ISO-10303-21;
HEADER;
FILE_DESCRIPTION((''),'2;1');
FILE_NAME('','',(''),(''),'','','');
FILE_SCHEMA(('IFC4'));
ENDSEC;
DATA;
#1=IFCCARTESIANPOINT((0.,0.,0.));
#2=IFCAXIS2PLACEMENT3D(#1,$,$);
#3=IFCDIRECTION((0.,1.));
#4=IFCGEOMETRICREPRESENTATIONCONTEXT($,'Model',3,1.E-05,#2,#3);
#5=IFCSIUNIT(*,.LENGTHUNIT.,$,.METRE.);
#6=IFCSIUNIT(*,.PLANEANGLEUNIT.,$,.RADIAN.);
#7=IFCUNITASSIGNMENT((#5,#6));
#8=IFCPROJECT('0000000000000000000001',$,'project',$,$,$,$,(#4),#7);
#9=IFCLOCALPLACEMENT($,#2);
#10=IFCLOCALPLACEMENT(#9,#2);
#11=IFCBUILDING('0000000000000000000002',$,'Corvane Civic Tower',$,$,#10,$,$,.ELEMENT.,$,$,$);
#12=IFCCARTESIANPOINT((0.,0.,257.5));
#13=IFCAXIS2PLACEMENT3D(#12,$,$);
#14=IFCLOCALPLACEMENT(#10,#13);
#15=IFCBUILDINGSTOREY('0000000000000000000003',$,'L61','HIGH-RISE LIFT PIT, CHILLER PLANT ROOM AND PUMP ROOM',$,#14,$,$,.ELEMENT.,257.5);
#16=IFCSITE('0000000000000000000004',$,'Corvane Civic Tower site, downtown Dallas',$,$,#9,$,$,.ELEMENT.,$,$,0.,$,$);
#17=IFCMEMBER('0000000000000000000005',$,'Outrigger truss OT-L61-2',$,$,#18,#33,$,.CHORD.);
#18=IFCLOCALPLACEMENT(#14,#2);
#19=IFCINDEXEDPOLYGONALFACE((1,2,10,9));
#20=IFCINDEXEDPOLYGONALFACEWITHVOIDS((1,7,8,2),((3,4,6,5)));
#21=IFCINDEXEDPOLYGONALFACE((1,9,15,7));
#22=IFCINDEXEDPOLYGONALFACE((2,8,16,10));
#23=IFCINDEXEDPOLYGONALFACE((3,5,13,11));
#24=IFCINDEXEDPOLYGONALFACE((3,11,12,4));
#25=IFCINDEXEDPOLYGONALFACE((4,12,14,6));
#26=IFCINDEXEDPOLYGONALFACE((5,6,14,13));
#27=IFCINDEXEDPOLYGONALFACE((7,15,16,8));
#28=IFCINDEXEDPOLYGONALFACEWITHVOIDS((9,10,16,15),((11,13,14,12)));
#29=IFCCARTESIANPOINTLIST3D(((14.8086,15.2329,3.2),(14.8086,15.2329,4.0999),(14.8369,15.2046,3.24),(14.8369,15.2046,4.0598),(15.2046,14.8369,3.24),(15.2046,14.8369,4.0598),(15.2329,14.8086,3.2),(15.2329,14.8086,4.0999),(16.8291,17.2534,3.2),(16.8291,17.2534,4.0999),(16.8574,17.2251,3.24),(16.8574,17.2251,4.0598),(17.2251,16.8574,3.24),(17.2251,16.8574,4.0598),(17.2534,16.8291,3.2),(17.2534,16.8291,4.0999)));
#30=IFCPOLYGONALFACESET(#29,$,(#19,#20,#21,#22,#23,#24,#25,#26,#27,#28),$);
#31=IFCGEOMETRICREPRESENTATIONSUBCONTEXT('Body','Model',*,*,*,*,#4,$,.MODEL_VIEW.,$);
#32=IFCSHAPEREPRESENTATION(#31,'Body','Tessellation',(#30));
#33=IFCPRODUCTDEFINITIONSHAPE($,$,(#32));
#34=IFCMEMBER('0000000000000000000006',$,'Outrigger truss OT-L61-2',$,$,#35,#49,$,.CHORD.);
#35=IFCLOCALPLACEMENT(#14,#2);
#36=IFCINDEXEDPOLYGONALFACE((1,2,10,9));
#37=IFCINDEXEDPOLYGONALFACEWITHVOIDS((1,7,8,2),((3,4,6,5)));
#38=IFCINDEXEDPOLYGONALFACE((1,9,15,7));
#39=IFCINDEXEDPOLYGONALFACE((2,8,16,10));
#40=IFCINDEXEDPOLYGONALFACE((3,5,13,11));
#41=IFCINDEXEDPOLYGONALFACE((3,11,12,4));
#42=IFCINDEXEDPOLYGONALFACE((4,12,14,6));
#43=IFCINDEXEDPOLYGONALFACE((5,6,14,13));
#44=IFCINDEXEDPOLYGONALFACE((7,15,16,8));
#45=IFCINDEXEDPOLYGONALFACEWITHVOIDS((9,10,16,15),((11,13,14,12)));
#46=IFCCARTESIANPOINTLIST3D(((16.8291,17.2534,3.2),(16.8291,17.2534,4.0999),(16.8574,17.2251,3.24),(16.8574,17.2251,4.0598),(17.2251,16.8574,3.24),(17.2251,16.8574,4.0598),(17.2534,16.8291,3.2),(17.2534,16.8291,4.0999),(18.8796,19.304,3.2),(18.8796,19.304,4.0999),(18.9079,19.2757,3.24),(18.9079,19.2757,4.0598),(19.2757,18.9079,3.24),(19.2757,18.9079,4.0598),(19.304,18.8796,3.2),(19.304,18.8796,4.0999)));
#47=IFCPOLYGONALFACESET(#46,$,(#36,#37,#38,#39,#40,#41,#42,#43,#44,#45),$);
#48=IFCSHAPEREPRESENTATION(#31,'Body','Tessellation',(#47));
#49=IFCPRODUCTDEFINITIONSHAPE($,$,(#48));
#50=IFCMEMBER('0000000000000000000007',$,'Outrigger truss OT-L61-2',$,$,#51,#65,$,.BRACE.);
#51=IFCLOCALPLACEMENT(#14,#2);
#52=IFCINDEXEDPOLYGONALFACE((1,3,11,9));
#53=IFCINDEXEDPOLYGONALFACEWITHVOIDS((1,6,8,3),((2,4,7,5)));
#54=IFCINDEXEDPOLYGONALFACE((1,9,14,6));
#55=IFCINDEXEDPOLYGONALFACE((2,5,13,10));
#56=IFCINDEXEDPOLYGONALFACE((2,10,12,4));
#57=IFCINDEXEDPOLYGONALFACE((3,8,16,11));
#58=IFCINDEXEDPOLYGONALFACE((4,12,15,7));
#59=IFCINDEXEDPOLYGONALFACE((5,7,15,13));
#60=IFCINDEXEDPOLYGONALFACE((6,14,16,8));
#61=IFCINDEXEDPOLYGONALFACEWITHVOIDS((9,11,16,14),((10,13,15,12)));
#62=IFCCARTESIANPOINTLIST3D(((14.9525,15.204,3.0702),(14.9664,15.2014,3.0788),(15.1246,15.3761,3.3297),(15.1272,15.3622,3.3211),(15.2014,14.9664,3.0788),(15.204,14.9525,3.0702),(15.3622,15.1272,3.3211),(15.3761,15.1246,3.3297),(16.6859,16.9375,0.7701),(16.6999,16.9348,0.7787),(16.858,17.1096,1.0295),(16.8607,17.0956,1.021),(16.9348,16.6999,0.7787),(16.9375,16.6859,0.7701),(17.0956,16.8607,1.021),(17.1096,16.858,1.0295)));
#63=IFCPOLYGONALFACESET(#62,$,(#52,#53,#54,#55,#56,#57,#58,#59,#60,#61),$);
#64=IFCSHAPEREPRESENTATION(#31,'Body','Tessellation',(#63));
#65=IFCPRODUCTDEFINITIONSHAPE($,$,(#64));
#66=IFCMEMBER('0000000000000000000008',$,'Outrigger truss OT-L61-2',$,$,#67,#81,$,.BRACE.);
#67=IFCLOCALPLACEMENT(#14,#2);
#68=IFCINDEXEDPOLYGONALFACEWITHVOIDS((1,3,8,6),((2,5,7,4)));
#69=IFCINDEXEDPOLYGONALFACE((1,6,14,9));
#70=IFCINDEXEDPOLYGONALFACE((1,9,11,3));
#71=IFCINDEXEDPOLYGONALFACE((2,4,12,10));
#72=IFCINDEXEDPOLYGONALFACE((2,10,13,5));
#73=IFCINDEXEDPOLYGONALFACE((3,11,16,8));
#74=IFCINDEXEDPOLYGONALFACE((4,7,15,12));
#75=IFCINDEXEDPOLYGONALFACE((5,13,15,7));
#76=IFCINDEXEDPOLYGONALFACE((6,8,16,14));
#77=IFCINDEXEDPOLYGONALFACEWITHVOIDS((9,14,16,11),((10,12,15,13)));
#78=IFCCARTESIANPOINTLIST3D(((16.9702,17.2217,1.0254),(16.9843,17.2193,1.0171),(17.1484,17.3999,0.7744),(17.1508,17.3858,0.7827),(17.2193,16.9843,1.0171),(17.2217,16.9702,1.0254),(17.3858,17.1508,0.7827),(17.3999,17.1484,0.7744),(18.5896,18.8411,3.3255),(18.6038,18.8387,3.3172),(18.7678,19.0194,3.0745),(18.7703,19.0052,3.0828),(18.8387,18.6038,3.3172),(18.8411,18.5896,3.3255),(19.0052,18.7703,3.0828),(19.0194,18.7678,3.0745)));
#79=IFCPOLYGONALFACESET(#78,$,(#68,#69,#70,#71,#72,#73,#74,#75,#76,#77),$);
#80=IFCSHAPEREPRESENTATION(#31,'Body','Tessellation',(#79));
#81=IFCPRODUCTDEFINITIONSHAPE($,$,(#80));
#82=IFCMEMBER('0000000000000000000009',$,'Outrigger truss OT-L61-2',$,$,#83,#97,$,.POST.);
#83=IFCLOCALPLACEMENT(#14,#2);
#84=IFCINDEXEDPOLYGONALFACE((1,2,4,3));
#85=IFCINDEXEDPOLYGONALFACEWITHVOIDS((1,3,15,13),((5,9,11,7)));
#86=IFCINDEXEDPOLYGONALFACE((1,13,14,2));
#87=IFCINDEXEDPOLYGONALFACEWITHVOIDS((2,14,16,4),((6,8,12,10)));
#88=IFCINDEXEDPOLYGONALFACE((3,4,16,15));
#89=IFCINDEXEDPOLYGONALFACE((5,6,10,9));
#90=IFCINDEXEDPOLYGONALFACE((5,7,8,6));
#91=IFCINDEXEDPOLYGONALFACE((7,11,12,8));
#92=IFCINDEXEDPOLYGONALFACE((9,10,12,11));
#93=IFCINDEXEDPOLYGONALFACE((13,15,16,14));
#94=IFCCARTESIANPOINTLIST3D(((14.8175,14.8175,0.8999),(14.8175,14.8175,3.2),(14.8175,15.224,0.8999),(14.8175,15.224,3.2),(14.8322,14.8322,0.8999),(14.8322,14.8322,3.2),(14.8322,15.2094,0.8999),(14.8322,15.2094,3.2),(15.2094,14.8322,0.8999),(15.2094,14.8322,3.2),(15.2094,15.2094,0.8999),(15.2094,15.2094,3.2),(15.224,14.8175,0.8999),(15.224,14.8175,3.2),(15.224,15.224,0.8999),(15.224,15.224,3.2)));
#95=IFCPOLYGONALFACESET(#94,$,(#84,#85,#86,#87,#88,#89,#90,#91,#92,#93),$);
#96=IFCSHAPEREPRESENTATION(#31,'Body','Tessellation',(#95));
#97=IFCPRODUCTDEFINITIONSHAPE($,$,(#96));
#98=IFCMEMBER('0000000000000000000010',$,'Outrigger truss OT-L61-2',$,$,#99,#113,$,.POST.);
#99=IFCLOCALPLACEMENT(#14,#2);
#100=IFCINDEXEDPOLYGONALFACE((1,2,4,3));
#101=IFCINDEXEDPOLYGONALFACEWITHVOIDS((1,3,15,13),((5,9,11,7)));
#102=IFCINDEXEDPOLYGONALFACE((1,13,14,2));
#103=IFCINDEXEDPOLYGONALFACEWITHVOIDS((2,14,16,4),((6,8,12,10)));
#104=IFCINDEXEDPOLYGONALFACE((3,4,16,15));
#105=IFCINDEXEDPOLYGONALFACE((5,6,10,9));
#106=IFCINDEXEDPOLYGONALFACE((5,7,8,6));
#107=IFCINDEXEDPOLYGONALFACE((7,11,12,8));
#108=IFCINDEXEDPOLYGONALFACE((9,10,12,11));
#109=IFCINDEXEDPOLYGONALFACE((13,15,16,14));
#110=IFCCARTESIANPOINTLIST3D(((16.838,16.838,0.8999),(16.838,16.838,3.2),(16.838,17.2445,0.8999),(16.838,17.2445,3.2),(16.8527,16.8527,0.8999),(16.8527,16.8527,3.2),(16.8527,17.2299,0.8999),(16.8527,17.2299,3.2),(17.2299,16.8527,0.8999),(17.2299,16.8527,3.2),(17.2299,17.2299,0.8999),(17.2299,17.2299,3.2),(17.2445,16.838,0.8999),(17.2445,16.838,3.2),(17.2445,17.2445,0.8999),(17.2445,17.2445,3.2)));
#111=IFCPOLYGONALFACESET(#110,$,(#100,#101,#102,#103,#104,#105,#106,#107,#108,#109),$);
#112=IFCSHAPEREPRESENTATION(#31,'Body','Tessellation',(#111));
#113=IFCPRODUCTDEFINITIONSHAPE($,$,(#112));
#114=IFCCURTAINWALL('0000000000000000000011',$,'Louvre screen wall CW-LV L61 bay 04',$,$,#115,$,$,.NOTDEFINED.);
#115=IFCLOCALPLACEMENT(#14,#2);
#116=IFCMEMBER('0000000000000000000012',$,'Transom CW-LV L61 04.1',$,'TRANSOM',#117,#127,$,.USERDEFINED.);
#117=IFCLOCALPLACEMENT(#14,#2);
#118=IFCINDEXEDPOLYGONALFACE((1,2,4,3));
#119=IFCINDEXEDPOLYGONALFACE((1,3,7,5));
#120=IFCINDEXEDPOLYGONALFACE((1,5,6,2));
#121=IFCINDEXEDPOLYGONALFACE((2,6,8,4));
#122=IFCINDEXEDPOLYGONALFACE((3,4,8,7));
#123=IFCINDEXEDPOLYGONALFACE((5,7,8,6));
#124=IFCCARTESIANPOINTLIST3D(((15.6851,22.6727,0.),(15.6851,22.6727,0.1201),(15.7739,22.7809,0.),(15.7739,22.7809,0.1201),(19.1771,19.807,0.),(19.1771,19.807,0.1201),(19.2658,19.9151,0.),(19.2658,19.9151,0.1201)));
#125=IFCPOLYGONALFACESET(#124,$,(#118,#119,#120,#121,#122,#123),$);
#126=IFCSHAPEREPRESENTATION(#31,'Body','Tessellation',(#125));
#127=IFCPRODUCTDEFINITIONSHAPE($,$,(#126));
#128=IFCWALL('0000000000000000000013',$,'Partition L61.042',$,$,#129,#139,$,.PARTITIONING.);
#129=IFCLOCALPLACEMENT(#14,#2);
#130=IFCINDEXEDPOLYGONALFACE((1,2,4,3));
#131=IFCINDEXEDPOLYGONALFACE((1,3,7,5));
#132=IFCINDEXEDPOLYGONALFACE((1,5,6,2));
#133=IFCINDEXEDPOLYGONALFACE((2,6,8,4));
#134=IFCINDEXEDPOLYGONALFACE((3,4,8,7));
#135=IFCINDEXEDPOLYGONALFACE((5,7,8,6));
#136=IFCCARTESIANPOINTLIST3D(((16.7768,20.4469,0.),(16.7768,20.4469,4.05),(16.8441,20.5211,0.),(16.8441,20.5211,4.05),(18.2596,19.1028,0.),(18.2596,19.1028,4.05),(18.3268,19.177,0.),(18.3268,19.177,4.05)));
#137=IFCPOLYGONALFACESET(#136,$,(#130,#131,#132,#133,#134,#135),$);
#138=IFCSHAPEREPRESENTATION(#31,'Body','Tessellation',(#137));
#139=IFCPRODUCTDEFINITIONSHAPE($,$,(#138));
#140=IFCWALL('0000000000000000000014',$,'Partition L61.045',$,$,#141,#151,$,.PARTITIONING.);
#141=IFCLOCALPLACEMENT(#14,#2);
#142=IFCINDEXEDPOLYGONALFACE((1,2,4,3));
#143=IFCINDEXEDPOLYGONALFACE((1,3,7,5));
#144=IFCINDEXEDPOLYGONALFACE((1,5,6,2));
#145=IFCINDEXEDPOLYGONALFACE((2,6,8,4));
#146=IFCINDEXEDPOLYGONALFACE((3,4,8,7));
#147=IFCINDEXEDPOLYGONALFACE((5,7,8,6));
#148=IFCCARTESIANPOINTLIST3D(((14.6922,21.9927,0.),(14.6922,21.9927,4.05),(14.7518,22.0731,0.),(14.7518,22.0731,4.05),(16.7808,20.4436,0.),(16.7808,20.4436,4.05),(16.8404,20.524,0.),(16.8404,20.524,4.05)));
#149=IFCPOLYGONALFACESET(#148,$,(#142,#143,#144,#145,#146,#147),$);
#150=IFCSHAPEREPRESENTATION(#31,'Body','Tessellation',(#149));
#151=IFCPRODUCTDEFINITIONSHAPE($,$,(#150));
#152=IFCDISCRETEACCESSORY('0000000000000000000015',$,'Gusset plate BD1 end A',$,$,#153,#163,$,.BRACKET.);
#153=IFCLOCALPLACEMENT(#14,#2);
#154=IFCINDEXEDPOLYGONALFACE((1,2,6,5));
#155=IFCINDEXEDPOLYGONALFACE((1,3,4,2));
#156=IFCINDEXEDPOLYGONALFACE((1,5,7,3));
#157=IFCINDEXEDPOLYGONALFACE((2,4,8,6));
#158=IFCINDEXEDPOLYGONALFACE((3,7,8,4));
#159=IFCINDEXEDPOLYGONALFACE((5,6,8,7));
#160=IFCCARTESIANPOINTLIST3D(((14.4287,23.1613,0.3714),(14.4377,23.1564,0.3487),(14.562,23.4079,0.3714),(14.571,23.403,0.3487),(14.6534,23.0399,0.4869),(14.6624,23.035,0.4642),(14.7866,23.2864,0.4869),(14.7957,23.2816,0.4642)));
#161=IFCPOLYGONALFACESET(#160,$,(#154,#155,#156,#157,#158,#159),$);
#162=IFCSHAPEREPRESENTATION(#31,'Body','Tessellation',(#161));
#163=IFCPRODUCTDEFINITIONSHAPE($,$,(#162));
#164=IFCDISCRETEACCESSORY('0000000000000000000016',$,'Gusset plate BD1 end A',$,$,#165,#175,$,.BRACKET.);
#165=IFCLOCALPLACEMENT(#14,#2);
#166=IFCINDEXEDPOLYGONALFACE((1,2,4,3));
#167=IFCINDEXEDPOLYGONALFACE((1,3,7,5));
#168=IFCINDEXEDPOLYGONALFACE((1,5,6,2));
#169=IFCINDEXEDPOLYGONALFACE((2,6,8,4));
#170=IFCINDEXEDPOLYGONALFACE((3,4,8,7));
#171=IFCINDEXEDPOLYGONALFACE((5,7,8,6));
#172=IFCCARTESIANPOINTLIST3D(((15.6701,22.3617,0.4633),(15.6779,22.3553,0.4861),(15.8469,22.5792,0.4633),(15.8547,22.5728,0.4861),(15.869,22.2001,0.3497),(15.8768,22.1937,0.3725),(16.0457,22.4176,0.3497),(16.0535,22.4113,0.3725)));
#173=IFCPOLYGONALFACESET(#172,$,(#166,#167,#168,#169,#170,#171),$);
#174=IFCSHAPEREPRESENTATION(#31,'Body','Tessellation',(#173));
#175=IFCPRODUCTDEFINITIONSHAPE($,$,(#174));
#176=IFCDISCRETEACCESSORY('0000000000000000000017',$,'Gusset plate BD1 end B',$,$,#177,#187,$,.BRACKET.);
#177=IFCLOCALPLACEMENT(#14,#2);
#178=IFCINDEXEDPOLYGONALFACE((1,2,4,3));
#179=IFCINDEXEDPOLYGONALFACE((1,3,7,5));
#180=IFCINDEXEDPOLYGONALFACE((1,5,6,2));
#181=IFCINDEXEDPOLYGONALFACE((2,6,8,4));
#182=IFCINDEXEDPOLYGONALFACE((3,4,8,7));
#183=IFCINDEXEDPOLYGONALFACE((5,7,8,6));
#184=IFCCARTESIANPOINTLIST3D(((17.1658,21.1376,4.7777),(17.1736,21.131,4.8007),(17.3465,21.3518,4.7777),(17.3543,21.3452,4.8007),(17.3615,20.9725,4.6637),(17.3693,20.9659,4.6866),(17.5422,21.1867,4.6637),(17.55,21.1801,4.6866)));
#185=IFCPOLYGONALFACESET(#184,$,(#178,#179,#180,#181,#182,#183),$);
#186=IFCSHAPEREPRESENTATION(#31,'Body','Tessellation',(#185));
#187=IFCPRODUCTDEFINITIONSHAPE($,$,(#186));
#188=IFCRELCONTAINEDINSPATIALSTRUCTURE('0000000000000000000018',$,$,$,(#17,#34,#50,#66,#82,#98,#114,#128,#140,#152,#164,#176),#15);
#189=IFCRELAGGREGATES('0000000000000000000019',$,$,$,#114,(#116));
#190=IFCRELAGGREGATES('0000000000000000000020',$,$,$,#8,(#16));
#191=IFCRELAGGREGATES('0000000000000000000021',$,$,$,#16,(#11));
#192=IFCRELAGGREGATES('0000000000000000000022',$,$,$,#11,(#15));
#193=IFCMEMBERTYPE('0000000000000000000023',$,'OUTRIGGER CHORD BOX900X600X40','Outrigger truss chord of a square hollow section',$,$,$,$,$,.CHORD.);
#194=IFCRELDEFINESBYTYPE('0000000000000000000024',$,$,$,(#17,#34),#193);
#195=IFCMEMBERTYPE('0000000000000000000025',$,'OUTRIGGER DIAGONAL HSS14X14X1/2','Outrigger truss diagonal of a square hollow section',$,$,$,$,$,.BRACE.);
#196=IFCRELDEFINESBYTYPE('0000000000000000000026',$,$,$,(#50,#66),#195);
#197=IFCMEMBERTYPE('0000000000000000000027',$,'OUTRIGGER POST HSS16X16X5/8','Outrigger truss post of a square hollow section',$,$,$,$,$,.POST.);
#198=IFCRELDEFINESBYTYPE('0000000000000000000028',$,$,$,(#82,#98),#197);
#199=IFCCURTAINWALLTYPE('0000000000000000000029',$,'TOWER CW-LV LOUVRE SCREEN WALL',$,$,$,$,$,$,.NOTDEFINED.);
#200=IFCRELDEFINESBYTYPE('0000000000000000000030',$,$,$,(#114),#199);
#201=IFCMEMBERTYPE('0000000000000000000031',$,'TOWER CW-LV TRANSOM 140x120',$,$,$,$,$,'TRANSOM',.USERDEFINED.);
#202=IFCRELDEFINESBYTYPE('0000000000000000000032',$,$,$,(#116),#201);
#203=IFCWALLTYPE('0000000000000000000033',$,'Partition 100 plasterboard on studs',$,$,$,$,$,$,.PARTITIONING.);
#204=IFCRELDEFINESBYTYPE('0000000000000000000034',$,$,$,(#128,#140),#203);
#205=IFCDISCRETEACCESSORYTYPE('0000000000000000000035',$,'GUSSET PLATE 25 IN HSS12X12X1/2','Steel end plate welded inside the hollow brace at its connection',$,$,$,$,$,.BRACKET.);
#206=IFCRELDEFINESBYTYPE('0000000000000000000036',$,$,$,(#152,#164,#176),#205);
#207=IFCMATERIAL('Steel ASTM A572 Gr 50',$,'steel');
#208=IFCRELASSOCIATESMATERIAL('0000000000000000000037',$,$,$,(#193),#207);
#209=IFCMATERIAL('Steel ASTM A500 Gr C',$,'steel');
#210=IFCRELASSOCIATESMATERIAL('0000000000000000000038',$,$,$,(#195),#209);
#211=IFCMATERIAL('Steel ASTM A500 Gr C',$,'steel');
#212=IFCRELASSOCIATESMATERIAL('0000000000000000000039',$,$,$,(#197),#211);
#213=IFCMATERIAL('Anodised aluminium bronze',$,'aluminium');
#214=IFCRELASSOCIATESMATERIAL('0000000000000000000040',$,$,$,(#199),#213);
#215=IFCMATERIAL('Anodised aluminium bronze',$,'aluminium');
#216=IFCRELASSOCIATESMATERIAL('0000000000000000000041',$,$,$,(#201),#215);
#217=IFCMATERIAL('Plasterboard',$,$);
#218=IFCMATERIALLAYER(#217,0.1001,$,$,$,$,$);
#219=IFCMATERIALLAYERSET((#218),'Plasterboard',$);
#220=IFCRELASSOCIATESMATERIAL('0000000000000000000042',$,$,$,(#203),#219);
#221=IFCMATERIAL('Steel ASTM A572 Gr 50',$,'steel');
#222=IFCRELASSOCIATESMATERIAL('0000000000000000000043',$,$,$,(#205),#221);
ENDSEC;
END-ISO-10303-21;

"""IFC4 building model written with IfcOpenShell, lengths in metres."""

from ifc_helpers import new_model, si_unit, direction, frame, frame_2d, origin, origin_2d, place, context, subcontext, project, spatial, rectangle, hollow_rectangle, extrude, material, layer, layer_set, material_profile, profile_set, type_object, element, aggregate, save


model = new_model("IFC4")

# Units and contexts
model_context = context("Model", 3, precision=1e-05, world=origin(), true_north=direction((0.0, 1.0)))
body_context = subcontext(model_context, "Body", "Model", "MODEL_VIEW")
ifc_project = project(units=[si_unit("LENGTHUNIT", "METRE"), si_unit("PLANEANGLEUNIT", "RADIAN")], contexts=[model_context])

# Site, building, storey
site_placement = place(None, origin())
site = spatial("IfcSite", under=ifc_project, at=site_placement, Name="Corvane Civic Tower site, downtown Dallas", CompositionType="ELEMENT", RefElevation=0.0)
building_placement = place(site_placement, origin())
building = spatial("IfcBuilding", under=site, at=building_placement, Name="Corvane Civic Tower", CompositionType="ELEMENT")
storey_placement = place(building_placement, frame((0.0, 0.0, 257.5)))
storey = spatial("IfcBuildingStorey", under=building, at=storey_placement, Name="L61", Description="HIGH-RISE LIFT PIT, CHILLER PLANT ROOM AND PUMP ROOM", CompositionType="ELEMENT", Elevation=257.5)

# Members
ifc_material_1 = material(Name="Steel ASTM A572 Gr 50", Category="steel")
ifc_material_profile_1 = material_profile(ifc_material_1, hollow_rectangle(XDim=0.6001, YDim=0.8999, WallThickness=0.04, at=origin_2d()), Name="BOX900X600X40")
ifc_profile_set_1 = profile_set([ifc_material_profile_1], Name="Steel ASTM A572 Gr 50")
member_type_1 = type_object("IfcMemberType", Name="OUTRIGGER CHORD BOX900X600X40", Description="Outrigger truss chord of a square hollow section", PredefinedType="CHORD", material=ifc_profile_set_1)
member_1_placement = place(storey_placement, frame((15.0208, 15.0208, 3.6499), z_axis=(0.707107, 0.707107, 0.0), x_axis=(-0.707107, 0.707107, 0.0)))
element("IfcMember", 1, at=member_1_placement, inside=storey, type_object=member_type_1, Name="Outrigger truss OT-L61-2", PredefinedType="CHORD", context=body_context, shape_type="SweptSolid", body=[
    extrude(hollow_rectangle(XDim=0.6001, YDim=0.8999, WallThickness=0.04, at=origin_2d()), origin(), (0.0, 0.0, 1.0), 2.8574),
])
member_2_placement = place(storey_placement, frame((17.0413, 17.0413, 3.6499), z_axis=(0.707107, 0.707107, 0.0), x_axis=(-0.707107, 0.707107, 0.0)))
element("IfcMember", 2, at=member_2_placement, inside=storey, type_object=member_type_1, Name="Outrigger truss OT-L61-2", PredefinedType="CHORD", context=body_context, shape_type="SweptSolid", body=[
    extrude(hollow_rectangle(XDim=0.6001, YDim=0.8999, WallThickness=0.04, at=origin_2d()), origin(), (0.0, 0.0, 1.0), 2.8999),
])
ifc_material_2 = material(Name="Steel ASTM A500 Gr C", Category="steel")
ifc_material_profile_2 = material_profile(ifc_material_2, hollow_rectangle(XDim=0.3557, YDim=0.3557, WallThickness=0.0117, at=origin_2d()), Name="HSS14X14X1/2")
ifc_profile_set_2 = profile_set([ifc_material_profile_2], Name="Steel ASTM A500 Gr C")
member_type_2 = type_object("IfcMemberType", Name="OUTRIGGER DIAGONAL HSS14X14X1/2", Description="Outrigger truss diagonal of a square hollow section", PredefinedType="BRACE", material=ifc_profile_set_2)
member_3_placement = place(storey_placement, frame((15.1643, 15.1643, 3.2), z_axis=(0.515665, 0.515665, -0.684236), x_axis=(-0.707107, 0.707107, 0.0)))
element("IfcMember", 3, at=member_3_placement, inside=storey, type_object=member_type_2, Name="Outrigger truss OT-L61-2", PredefinedType="BRACE", context=body_context, shape_type="SweptSolid", body=[
    extrude(hollow_rectangle(XDim=0.3557, YDim=0.3557, WallThickness=0.0117, at=origin_2d()), origin(), (0.0, 0.0, 1.0), 3.3616),
])
member_4_placement = place(storey_placement, frame((17.1851, 17.1851, 0.8999), z_axis=(0.498921, 0.498921, 0.708629), x_axis=(-0.707107, 0.707107, 0.0)))
element("IfcMember", 4, at=member_4_placement, inside=storey, type_object=member_type_2, Name="Outrigger truss OT-L61-2", PredefinedType="BRACE", context=body_context, shape_type="SweptSolid", body=[
    extrude(hollow_rectangle(XDim=0.3557, YDim=0.3557, WallThickness=0.0117, at=origin_2d()), origin(), (0.0, 0.0, 1.0), 3.2458),
])
ifc_material_3 = material(Name="Steel ASTM A500 Gr C", Category="steel")
ifc_material_profile_3 = material_profile(ifc_material_3, hollow_rectangle(XDim=0.4065, YDim=0.4065, WallThickness=0.0146, at=origin_2d()), Name="HSS16X16X5/8")
ifc_profile_set_3 = profile_set([ifc_material_profile_3], Name="Steel ASTM A500 Gr C")
member_type_3 = type_object("IfcMemberType", Name="OUTRIGGER POST HSS16X16X5/8", Description="Outrigger truss post of a square hollow section", PredefinedType="POST", material=ifc_profile_set_3)
for number, where, z_axis, x_axis, name in (
    (5, (15.0208, 15.0208, 0.8999), (0.0, 0.0, 1.0), (1.0, 0.0, 0.0), "Outrigger truss OT-L61-2"),
    (6, (17.0413, 17.0413, 0.8999), (0.0, 0.0, 1.0), (1.0, 0.0, 0.0), "Outrigger truss OT-L61-2"),
):
    element("IfcMember", number, at=place(storey_placement, frame(where, z_axis=z_axis, x_axis=x_axis)), inside=storey, type_object=member_type_3, Name=name, PredefinedType="POST", context=body_context, shape_type="SweptSolid", body=[
        extrude(hollow_rectangle(XDim=0.4065, YDim=0.4065, WallThickness=0.0146, at=origin_2d()), origin(), (0.0, 0.0, 1.0), 2.3),
    ])

# Curtain wall, member
ifc_material_4 = material(Name="Anodised aluminium bronze", Category="aluminium")
curtain_wall_type = type_object("IfcCurtainWallType", Name="TOWER CW-LV LOUVRE SCREEN WALL", PredefinedType="NOTDEFINED", material=ifc_material_4)
curtain_wall_placement = place(storey_placement, origin())
curtain_wall = element("IfcCurtainWall", 7, at=curtain_wall_placement, inside=storey, type_object=curtain_wall_type, Name="Louvre screen wall CW-LV L61 bay 04", PredefinedType="NOTDEFINED")
ifc_material_5 = material(Name="Anodised aluminium bronze", Category="aluminium")
ifc_material_profile_4 = material_profile(ifc_material_5, rectangle(XDim=0.1399, YDim=0.1201, at=origin_2d()), Name="TOWER CW-LV TRANSOM 140x120")
ifc_profile_set_4 = profile_set([ifc_material_profile_4], Name="Anodised aluminium bronze")
member_type_4 = type_object("IfcMemberType", Name="TOWER CW-LV TRANSOM 140x120", ElementType="TRANSOM", PredefinedType="USERDEFINED", material=ifc_profile_set_4)
member_5_placement = place(storey_placement, frame((15.7295, 22.7268, 0.0601), z_axis=(0.773015, -0.634388, 0.0), x_axis=(0.634388, 0.773015, 0.0)))
member_5 = element("IfcMember", 8, at=member_5_placement, type_object=member_type_4, Name="Transom CW-LV L61 04.1", ObjectType="TRANSOM", PredefinedType="USERDEFINED", context=body_context, shape_type="SweptSolid", body=[
    extrude(rectangle(XDim=0.1399, YDim=0.1201, at=origin_2d()), origin(), (0.0, 0.0, 1.0), 4.5173),
])

# Walls
ifc_material_6 = material(Name="Plasterboard")
ifc_layer = layer(ifc_material_6, 0.1001)
ifc_layer_set = layer_set([ifc_layer], Name="Plasterboard")
wall_type = type_object("IfcWallType", Name="Partition 100 plasterboard on studs", PredefinedType="PARTITIONING", material=ifc_layer_set)
wall_1_placement = place(storey_placement, frame((16.8105, 20.4839, 0.0), z_axis=(0.0, 0.0, 1.0), x_axis=(0.740905, -0.671609, 0.0)))
element("IfcWall", 9, at=wall_1_placement, inside=storey, type_object=wall_type, Name="Partition L61.042", PredefinedType="PARTITIONING", context=body_context, shape_type="SweptSolid", body=[
    extrude(rectangle(XDim=2.0012, YDim=0.1001, at=frame_2d((1.0005, 0.0))), origin(), (0.0, 0.0, 1.0), 4.05),
])
wall_2_placement = place(storey_placement, frame((14.7219, 22.033, 0.0), z_axis=(0.0, 0.0, 1.0), x_axis=(0.803199, -0.59571, 0.0)))
element("IfcWall", 10, at=wall_2_placement, inside=storey, type_object=wall_type, Name="Partition L61.045", PredefinedType="PARTITIONING", context=body_context, shape_type="SweptSolid", body=[
    extrude(rectangle(XDim=2.6003, YDim=0.1001, at=frame_2d((1.3003, 0.0))), origin(), (0.0, 0.0, 1.0), 4.05),
])

aggregate(curtain_wall, [member_5])

# Discrete accessories
ifc_material_7 = material(Name="Steel ASTM A572 Gr 50", Category="steel")
ifc_material_profile_5 = material_profile(ifc_material_7, rectangle(XDim=0.2803, YDim=0.2803, at=origin_2d()), Name="GUSSET PLATE 25 IN HSS12X12X1/2")
ifc_profile_set_5 = profile_set([ifc_material_profile_5], Name="Steel ASTM A572 Gr 50")
discrete_accessory_type_1 = type_object("IfcDiscreteAccessoryType", Name="GUSSET PLATE 25 IN HSS12X12X1/2", Description="Steel end plate welded inside the hollow brace at its connection", PredefinedType="BRACKET", material=ifc_profile_set_5)
for number, where, z_axis, x_axis, name in (
    (11, (14.6167, 23.219, 0.4065), (-0.362501, 0.195947, 0.911152), (-0.475517, -0.879707, 0.0), "Gusset plate BD1 end A"),
    (12, (15.8579, 22.3896, 0.4065), (0.314558, -0.255578, 0.914184), (0.630593, 0.776114, 0.0), "Gusset plate BD1 end A"),
):
    element("IfcDiscreteAccessory", number, at=place(storey_placement, frame(where, z_axis=z_axis, x_axis=x_axis)), inside=storey, type_object=discrete_accessory_type_1, Name=name, PredefinedType="BRACKET", context=body_context, shape_type="SweptSolid", body=[
        extrude(rectangle(XDim=0.2803, YDim=0.2803, at=origin_2d()), origin(), (0.0, 0.0, 1.0), 0.0249),
    ])
discrete_accessory_1_placement = place(storey_placement, frame((17.3618, 21.1555, 4.7437), z_axis=(-0.310973, 0.262383, -0.913483), x_axis=(-0.644871, -0.764291, 0.0)))
element("IfcDiscreteAccessory", 13, at=discrete_accessory_1_placement, inside=storey, type_object=discrete_accessory_type_1, Name="Gusset plate BD1 end B", PredefinedType="BRACKET", context=body_context, shape_type="SweptSolid", body=[
    extrude(rectangle(XDim=0.2803, YDim=0.2803, at=origin_2d()), origin(), (0.0, 0.0, 1.0), 0.0251),
])

save(model, "model.ifc")
